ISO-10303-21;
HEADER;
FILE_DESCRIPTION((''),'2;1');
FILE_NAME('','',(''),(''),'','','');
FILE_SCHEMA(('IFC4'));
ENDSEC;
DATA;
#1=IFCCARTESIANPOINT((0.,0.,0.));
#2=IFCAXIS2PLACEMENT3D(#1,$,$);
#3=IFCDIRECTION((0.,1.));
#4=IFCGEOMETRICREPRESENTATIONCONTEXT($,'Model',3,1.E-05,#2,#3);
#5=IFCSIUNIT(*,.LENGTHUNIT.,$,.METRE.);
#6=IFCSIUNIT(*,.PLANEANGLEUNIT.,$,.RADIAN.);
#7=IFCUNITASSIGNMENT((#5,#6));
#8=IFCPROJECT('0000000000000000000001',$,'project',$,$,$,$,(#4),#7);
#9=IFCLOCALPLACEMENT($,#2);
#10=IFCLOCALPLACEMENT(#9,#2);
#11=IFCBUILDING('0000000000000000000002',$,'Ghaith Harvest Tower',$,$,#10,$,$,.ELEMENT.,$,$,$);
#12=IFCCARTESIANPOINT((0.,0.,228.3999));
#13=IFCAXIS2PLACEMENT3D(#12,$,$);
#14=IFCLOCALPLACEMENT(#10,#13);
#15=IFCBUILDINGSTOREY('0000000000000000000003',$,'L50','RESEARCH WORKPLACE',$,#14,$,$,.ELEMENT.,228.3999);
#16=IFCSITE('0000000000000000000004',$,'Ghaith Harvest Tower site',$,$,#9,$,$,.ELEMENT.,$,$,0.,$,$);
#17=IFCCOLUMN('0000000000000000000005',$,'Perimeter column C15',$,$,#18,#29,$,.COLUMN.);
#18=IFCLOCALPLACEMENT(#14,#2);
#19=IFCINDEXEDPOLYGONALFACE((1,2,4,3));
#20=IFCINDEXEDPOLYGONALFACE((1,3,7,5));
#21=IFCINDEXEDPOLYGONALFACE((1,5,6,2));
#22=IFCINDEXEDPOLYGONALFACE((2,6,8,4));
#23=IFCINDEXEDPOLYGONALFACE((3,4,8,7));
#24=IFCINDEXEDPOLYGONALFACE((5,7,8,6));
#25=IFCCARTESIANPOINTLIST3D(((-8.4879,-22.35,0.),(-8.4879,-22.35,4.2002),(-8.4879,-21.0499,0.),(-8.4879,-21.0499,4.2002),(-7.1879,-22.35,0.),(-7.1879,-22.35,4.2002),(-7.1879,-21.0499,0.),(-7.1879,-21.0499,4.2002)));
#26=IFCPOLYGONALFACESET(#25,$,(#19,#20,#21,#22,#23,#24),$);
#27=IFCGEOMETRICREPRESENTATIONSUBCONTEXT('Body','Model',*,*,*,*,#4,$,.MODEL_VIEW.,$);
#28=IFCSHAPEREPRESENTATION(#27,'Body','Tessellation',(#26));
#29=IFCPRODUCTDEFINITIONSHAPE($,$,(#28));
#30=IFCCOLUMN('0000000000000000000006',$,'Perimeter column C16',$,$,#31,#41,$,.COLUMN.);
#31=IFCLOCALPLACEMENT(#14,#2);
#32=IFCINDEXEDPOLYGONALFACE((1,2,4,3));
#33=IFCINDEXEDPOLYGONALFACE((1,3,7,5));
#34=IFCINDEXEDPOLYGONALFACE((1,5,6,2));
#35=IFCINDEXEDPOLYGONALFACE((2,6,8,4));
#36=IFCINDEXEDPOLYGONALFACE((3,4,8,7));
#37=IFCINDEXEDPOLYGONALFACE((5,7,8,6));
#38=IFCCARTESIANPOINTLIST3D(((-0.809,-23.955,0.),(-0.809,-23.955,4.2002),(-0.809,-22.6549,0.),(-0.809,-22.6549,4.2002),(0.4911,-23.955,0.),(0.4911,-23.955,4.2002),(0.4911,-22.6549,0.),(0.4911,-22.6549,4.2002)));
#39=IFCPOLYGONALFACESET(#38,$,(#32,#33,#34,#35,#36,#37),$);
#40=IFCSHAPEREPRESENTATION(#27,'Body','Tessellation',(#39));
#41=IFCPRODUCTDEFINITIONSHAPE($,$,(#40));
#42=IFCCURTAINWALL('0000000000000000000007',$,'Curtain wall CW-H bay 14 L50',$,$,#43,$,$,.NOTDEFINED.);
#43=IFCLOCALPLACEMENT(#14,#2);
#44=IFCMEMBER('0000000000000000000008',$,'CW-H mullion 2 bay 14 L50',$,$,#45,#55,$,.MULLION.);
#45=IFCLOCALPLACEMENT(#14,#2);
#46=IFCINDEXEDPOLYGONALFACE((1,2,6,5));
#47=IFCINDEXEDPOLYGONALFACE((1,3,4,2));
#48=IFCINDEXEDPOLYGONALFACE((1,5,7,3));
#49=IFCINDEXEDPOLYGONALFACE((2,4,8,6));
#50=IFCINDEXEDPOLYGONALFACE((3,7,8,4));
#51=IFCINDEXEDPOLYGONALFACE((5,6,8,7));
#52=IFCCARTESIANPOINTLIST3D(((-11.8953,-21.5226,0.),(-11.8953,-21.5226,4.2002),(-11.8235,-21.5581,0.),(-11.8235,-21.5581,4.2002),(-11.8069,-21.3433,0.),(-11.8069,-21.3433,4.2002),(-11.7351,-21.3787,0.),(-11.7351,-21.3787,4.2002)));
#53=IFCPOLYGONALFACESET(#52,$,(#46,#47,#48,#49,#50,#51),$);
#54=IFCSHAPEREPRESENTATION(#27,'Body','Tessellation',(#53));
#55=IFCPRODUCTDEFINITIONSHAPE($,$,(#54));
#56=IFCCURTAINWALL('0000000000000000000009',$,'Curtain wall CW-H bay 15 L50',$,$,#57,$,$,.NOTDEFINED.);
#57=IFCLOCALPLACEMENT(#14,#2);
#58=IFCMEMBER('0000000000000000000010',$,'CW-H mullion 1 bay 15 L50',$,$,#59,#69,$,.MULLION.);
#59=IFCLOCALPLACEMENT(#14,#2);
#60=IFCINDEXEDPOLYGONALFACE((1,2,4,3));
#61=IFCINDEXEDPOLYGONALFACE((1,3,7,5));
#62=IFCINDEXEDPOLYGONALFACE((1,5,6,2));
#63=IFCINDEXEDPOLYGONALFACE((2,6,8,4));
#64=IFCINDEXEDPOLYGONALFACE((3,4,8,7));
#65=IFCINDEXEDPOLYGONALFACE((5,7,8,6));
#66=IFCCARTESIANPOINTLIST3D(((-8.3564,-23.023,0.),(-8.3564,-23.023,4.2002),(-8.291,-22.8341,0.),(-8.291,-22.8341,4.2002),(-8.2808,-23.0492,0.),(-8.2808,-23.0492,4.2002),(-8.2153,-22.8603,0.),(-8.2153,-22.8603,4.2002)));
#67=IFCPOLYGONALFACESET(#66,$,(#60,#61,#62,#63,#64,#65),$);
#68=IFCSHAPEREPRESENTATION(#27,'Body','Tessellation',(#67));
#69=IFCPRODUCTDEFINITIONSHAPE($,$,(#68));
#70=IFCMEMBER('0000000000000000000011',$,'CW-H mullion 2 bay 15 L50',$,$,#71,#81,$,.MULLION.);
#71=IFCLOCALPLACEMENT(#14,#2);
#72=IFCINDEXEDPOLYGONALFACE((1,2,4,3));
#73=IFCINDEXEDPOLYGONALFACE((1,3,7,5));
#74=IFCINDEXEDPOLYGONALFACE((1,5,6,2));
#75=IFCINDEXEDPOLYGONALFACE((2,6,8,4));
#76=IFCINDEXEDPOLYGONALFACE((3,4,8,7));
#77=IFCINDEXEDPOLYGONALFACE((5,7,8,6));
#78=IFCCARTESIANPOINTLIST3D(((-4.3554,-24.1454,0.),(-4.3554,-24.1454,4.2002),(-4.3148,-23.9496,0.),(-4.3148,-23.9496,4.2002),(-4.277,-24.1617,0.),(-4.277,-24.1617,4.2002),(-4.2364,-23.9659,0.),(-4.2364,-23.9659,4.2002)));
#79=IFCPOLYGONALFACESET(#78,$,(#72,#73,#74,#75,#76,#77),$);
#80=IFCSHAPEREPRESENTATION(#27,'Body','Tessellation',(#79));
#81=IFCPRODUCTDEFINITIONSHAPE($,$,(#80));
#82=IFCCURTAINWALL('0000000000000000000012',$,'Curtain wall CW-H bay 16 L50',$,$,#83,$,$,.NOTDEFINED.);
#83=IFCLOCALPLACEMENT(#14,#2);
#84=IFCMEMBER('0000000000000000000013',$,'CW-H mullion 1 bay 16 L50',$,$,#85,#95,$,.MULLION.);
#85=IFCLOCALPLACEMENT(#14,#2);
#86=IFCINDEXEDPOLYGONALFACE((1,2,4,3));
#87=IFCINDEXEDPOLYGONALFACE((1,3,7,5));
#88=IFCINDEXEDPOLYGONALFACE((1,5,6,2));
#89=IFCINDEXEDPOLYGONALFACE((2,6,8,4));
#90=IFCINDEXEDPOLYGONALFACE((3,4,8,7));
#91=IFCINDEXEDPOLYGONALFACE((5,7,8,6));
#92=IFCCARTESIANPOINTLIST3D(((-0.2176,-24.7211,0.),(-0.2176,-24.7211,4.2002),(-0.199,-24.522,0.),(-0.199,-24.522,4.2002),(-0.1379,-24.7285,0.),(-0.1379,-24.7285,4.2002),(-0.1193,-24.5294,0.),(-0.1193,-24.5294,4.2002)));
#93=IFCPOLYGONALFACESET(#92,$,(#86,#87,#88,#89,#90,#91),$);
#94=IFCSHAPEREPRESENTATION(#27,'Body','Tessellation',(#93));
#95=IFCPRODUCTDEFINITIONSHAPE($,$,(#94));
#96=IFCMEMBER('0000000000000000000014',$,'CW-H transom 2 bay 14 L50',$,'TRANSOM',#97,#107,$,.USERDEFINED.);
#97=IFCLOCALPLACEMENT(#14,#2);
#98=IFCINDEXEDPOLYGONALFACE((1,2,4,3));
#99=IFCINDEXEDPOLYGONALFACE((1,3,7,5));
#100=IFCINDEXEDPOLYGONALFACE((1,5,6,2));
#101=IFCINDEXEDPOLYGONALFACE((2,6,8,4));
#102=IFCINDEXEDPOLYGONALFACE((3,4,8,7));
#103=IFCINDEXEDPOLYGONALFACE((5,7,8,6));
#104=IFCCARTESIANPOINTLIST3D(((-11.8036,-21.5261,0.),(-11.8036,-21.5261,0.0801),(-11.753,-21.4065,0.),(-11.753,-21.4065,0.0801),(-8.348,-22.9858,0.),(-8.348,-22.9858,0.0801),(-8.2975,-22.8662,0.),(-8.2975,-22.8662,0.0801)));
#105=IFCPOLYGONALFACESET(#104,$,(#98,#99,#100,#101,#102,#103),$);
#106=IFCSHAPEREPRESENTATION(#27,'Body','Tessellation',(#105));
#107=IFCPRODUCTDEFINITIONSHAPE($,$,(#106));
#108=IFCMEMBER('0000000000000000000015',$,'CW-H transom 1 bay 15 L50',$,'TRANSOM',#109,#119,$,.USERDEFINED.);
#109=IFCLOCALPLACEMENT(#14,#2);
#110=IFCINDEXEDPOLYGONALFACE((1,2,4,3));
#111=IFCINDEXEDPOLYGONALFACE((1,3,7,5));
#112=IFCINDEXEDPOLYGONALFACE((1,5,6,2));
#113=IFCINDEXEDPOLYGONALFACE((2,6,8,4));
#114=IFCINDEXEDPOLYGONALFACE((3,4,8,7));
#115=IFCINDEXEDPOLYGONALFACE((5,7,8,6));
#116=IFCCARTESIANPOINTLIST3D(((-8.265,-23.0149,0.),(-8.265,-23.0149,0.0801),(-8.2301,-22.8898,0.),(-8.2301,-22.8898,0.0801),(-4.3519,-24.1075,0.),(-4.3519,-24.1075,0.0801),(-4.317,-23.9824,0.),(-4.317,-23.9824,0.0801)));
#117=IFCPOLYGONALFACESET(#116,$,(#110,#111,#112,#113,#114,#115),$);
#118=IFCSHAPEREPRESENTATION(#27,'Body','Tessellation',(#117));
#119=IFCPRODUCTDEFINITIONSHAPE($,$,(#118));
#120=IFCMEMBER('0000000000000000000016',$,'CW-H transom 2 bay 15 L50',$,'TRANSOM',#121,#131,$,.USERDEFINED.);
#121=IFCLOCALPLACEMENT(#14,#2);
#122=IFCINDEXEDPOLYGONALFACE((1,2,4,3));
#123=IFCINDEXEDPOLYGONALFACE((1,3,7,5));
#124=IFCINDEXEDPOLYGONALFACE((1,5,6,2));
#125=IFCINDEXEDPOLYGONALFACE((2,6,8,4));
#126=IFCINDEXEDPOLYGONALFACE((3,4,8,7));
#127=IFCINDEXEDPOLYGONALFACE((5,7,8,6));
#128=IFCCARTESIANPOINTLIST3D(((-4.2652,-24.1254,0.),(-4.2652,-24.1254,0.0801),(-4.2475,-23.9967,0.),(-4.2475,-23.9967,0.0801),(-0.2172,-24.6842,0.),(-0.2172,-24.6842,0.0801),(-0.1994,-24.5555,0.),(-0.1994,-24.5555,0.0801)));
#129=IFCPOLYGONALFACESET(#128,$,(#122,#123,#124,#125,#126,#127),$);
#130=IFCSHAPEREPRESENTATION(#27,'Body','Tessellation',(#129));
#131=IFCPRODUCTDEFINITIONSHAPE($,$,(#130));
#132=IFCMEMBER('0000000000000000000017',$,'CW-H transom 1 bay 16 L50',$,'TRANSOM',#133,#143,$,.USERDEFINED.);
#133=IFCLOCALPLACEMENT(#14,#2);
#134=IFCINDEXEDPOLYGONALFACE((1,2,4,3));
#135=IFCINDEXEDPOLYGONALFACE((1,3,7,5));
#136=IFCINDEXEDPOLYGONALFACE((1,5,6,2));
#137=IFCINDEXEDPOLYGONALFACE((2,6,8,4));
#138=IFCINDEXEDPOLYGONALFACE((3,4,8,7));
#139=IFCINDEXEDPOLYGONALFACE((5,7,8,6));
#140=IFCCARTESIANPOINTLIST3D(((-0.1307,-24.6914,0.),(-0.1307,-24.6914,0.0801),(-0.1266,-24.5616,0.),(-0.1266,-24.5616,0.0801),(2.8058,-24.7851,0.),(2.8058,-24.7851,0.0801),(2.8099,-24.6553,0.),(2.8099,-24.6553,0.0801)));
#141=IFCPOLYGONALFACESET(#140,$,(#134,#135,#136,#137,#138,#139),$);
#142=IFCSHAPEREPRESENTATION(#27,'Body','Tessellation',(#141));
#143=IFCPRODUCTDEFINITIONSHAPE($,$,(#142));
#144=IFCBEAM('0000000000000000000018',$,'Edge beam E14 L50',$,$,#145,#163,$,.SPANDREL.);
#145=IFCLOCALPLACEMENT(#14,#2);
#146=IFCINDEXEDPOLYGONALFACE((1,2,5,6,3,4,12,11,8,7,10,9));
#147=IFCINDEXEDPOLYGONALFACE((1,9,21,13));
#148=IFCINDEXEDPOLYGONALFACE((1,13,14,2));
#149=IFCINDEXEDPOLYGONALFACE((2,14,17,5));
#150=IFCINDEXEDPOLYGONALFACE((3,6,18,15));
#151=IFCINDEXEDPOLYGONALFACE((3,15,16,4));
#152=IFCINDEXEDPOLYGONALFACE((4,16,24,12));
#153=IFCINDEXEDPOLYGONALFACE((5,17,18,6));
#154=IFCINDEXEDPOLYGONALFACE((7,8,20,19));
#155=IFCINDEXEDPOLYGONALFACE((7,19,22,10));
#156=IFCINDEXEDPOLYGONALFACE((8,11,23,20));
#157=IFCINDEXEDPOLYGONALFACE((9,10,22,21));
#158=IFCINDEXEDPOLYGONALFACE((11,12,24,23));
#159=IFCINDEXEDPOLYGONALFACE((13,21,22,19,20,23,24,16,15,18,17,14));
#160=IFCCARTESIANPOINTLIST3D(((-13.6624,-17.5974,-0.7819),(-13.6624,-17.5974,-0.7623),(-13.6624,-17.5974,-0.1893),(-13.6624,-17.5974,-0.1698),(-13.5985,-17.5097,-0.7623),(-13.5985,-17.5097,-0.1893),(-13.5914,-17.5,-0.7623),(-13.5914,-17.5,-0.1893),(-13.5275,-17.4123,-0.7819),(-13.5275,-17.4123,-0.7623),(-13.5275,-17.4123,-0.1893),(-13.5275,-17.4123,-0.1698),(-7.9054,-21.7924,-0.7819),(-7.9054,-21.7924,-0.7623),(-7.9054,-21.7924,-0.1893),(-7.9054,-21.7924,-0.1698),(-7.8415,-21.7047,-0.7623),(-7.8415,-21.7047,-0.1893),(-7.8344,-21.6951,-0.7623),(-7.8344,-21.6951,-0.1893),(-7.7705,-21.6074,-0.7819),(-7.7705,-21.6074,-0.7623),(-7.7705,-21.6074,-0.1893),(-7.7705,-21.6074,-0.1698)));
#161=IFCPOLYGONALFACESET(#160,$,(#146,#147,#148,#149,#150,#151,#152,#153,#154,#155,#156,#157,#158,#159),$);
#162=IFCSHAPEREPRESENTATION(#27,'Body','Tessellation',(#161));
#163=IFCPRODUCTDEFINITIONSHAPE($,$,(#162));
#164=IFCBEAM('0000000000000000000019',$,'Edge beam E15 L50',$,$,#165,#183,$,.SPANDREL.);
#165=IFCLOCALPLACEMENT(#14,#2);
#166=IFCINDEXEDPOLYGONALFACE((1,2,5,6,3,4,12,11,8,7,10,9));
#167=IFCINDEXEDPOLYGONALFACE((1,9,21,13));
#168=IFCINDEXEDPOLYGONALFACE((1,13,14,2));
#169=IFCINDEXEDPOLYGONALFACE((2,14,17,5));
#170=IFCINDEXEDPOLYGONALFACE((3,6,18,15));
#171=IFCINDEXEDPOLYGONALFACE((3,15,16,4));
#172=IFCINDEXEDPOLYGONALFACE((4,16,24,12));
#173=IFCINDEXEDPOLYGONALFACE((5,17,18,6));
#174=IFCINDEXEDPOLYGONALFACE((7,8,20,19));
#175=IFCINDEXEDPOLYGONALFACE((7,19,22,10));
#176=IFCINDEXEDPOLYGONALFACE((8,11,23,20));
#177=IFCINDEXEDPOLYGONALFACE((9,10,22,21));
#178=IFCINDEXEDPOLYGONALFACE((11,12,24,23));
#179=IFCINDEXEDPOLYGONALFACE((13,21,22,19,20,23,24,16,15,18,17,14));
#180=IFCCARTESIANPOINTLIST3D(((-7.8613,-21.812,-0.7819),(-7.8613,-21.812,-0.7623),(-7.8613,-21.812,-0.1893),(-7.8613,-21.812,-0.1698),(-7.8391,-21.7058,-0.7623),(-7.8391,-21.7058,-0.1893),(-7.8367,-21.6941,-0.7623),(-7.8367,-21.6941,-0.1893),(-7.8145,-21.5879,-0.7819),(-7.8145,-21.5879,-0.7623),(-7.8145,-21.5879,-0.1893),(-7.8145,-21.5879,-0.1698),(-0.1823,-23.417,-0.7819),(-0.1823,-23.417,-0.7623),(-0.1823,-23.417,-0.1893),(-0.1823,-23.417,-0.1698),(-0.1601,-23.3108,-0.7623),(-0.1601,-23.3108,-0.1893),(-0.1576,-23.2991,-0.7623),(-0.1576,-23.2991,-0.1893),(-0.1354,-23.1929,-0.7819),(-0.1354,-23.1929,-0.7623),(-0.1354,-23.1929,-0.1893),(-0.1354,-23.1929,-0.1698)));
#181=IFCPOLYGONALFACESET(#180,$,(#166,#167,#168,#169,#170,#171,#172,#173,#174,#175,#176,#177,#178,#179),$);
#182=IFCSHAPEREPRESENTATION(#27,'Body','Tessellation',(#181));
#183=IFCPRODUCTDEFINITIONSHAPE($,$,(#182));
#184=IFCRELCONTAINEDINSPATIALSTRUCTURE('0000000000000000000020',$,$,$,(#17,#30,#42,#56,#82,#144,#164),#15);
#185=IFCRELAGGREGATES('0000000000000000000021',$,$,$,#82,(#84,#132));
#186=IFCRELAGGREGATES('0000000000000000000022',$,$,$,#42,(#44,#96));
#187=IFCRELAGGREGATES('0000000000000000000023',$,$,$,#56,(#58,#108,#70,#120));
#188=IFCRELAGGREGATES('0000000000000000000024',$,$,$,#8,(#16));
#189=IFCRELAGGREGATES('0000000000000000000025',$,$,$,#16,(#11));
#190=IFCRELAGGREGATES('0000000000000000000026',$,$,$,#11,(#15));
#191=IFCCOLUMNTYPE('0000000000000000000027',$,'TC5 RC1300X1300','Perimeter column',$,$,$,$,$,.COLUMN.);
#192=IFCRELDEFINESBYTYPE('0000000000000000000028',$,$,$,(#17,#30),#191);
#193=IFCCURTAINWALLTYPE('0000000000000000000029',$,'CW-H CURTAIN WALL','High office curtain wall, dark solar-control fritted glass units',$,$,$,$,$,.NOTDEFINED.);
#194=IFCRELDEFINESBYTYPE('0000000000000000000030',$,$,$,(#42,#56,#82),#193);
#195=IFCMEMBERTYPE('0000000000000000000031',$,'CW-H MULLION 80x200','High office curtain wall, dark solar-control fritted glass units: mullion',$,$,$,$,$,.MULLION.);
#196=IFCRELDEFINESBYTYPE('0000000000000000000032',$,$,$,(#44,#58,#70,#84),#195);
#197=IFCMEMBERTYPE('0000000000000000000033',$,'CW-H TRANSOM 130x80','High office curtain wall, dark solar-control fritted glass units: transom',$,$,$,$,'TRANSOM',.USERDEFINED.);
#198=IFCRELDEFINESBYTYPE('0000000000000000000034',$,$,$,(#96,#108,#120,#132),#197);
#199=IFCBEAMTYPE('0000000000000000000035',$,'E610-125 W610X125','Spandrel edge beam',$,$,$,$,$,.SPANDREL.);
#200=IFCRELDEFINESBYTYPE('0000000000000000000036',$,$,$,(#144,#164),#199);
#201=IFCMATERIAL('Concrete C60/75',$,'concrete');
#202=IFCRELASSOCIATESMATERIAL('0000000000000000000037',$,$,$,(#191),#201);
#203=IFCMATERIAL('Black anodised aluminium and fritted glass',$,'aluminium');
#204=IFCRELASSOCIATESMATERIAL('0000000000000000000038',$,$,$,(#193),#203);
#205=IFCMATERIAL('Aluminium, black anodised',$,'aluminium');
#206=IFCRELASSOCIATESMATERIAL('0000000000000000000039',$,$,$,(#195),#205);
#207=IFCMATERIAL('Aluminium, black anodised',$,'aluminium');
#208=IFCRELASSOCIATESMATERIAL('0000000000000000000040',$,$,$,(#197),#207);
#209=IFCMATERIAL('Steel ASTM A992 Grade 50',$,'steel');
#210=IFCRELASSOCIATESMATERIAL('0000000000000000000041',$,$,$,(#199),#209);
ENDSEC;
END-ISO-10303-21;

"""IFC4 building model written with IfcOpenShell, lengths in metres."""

from ifc_helpers import new_model, si_unit, direction, frame, origin, origin_2d, place, context, subcontext, project, spatial, rectangle, i_section, extrude, material, material_profile, profile_set, type_object, element, aggregate, save


model = new_model("IFC4")

# Units and contexts
model_context = context("Model", 3, precision=1e-05, world=origin(), true_north=direction((0.0, 1.0)))
body_context = subcontext(model_context, "Body", "Model", "MODEL_VIEW")
ifc_project = project(units=[si_unit("LENGTHUNIT", "METRE"), si_unit("PLANEANGLEUNIT", "RADIAN")], contexts=[model_context])

# Site, building, storey
site_placement = place(None, origin())
site = spatial("IfcSite", under=ifc_project, at=site_placement, Name="Ghaith Harvest Tower site", CompositionType="ELEMENT", RefElevation=0.0)
building_placement = place(site_placement, origin())
building = spatial("IfcBuilding", under=site, at=building_placement, Name="Ghaith Harvest Tower", CompositionType="ELEMENT")
storey_placement = place(building_placement, frame((0.0, 0.0, 228.3999)))
storey = spatial("IfcBuildingStorey", under=building, at=storey_placement, Name="L50", Description="RESEARCH WORKPLACE", CompositionType="ELEMENT", Elevation=228.3999)

# Columns
ifc_material_1 = material(Name="Concrete C60/75", Category="concrete")
ifc_material_profile_1 = material_profile(ifc_material_1, rectangle(XDim=1.3, YDim=1.3, at=origin_2d()), Name="RC1300X1300")
ifc_profile_set_1 = profile_set([ifc_material_profile_1], Name="Concrete C60/75")
column_type = type_object("IfcColumnType", Name="TC5 RC1300X1300", Description="Perimeter column", PredefinedType="COLUMN", material=ifc_profile_set_1)
for number, where, z_axis, x_axis, name in (
    (1, (-7.8379, -21.7, 0.0), (0.0, 0.0, 1.0), (1.0, 0.0, 0.0), "Perimeter column C15"),
    (2, (-0.1589, -23.3049, 0.0), (0.0, 0.0, 1.0), (1.0, 0.0, 0.0), "Perimeter column C16"),
):
    element("IfcColumn", number, at=place(storey_placement, frame(where, z_axis=z_axis, x_axis=x_axis)), inside=storey, type_object=column_type, Name=name, PredefinedType="COLUMN", context=body_context, shape_type="SweptSolid", body=[
        extrude(rectangle(XDim=1.3, YDim=1.3, at=origin_2d()), origin(), (0.0, 0.0, 1.0), 4.2002),
    ])

# Curtain wall, member
ifc_material_2 = material(Name="Black anodised aluminium and fritted glass", Category="aluminium")
curtain_wall_type = type_object("IfcCurtainWallType", Name="CW-H CURTAIN WALL", Description="High office curtain wall, dark solar-control fritted glass units", PredefinedType="NOTDEFINED", material=ifc_material_2)
curtain_wall_1_placement = place(storey_placement, origin())
curtain_wall_1 = element("IfcCurtainWall", 3, at=curtain_wall_1_placement, inside=storey, type_object=curtain_wall_type, Name="Curtain wall CW-H bay 14 L50", PredefinedType="NOTDEFINED")
ifc_material_3 = material(Name="Aluminium, black anodised", Category="aluminium")
ifc_material_profile_2 = material_profile(ifc_material_3, rectangle(XDim=0.0801, YDim=0.2, at=origin_2d()), Name="CW-H MULLION 80x200")
ifc_profile_set_2 = profile_set([ifc_material_profile_2], Name="Aluminium, black anodised")
member_type_1 = type_object("IfcMemberType", Name="CW-H MULLION 80x200", Description="High office curtain wall, dark solar-control fritted glass units: mullion", PredefinedType="MULLION", material=ifc_profile_set_2)
member_1_placement = place(storey_placement, frame((-11.8152, -21.4507, 0.0), z_axis=(0.0, 0.0, 1.0), x_axis=(0.896853, -0.442329, 0.0)))
member_1 = element("IfcMember", 4, at=member_1_placement, type_object=member_type_1, Name="CW-H mullion 2 bay 14 L50", PredefinedType="MULLION", context=body_context, shape_type="SweptSolid", body=[
    extrude(rectangle(XDim=0.0801, YDim=0.2, at=origin_2d()), origin(), (0.0, 0.0, 1.0), 4.2002),
])

# Curtain wall, members
curtain_wall_2_placement = place(storey_placement, origin())
curtain_wall_2 = element("IfcCurtainWall", 5, at=curtain_wall_2_placement, inside=storey, type_object=curtain_wall_type, Name="Curtain wall CW-H bay 15 L50", PredefinedType="NOTDEFINED")
member_2_placement = place(storey_placement, frame((-8.2859, -22.9417, 0.0), z_axis=(0.0, 0.0, 1.0), x_axis=(0.944906, -0.327342, 0.0)))
member_2 = element("IfcMember", 6, at=member_2_placement, type_object=member_type_1, Name="CW-H mullion 1 bay 15 L50", PredefinedType="MULLION", context=body_context, shape_type="SweptSolid", body=[
    extrude(rectangle(XDim=0.0801, YDim=0.2, at=origin_2d()), origin(), (0.0, 0.0, 1.0), 4.2002),
])
member_3_placement = place(storey_placement, frame((-4.2959, -24.0557, 0.0), z_axis=(0.0, 0.0, 1.0), x_axis=(0.979161, -0.203084, 0.0)))
member_3 = element("IfcMember", 7, at=member_3_placement, type_object=member_type_1, Name="CW-H mullion 2 bay 15 L50", PredefinedType="MULLION", context=body_context, shape_type="SweptSolid", body=[
    extrude(rectangle(XDim=0.0801, YDim=0.2, at=origin_2d()), origin(), (0.0, 0.0, 1.0), 4.2002),
])

# Curtain wall, member
curtain_wall_3_placement = place(storey_placement, origin())
curtain_wall_3 = element("IfcCurtainWall", 8, at=curtain_wall_3_placement, inside=storey, type_object=curtain_wall_type, Name="Curtain wall CW-H bay 16 L50", PredefinedType="NOTDEFINED")
member_4_placement = place(storey_placement, frame((-0.1685, -24.6252, 0.0), z_axis=(0.0, 0.0, 1.0), x_axis=(0.995685, -0.092802, 0.0)))
member_4 = element("IfcMember", 9, at=member_4_placement, type_object=member_type_1, Name="CW-H mullion 1 bay 16 L50", PredefinedType="MULLION", context=body_context, shape_type="SweptSolid", body=[
    extrude(rectangle(XDim=0.0801, YDim=0.2, at=origin_2d()), origin(), (0.0, 0.0, 1.0), 4.2002),
])

# Members
ifc_material_4 = material(Name="Aluminium, black anodised", Category="aluminium")
ifc_material_profile_3 = material_profile(ifc_material_4, rectangle(XDim=0.1299, YDim=0.0801, at=origin_2d()), Name="CW-H TRANSOM 130x80")
ifc_profile_set_3 = profile_set([ifc_material_profile_3], Name="Aluminium, black anodised")
member_type_2 = type_object("IfcMemberType", Name="CW-H TRANSOM 130x80", Description="High office curtain wall, dark solar-control fritted glass units: transom", ElementType="TRANSOM", PredefinedType="USERDEFINED", material=ifc_profile_set_3)
member_5_placement = place(storey_placement, frame((-11.7783, -21.4663, 0.04), z_axis=(0.921183, -0.38913, 0.0), x_axis=(0.38913, 0.921183, 0.0)))
member_5 = element("IfcMember", 10, at=member_5_placement, type_object=member_type_2, Name="CW-H transom 2 bay 14 L50", ObjectType="TRANSOM", PredefinedType="USERDEFINED", context=body_context, shape_type="SweptSolid", body=[
    extrude(rectangle(XDim=0.1299, YDim=0.0801, at=origin_2d()), origin(), (0.0, 0.0, 1.0), 3.7512),
])
member_6_placement = place(storey_placement, frame((-8.2476, -22.9524, 0.04), z_axis=(0.963164, -0.268914, 0.0), x_axis=(0.268914, 0.963164, 0.0)))
member_6 = element("IfcMember", 11, at=member_6_placement, type_object=member_type_2, Name="CW-H transom 1 bay 15 L50", ObjectType="TRANSOM", PredefinedType="USERDEFINED", context=body_context, shape_type="SweptSolid", body=[
    extrude(rectangle(XDim=0.1299, YDim=0.0801, at=origin_2d()), origin(), (0.0, 0.0, 1.0), 4.0627),
])
member_7_placement = place(storey_placement, frame((-4.2563, -24.061, 0.04), z_axis=(0.990605, -0.136753, 0.0), x_axis=(0.136753, 0.990605, 0.0)))
member_7 = element("IfcMember", 12, at=member_7_placement, type_object=member_type_2, Name="CW-H transom 2 bay 15 L50", ObjectType="TRANSOM", PredefinedType="USERDEFINED", context=body_context, shape_type="SweptSolid", body=[
    extrude(rectangle(XDim=0.1299, YDim=0.0801, at=origin_2d()), origin(), (0.0, 0.0, 1.0), 4.0864),
])
member_8_placement = place(storey_placement, frame((-0.1287, -24.6265, 0.04), z_axis=(0.999491, -0.031909, 0.0), x_axis=(0.031909, 0.999491, 0.0)))
member_8 = element("IfcMember", 13, at=member_8_placement, type_object=member_type_2, Name="CW-H transom 1 bay 16 L50", ObjectType="TRANSOM", PredefinedType="USERDEFINED", context=body_context, shape_type="SweptSolid", body=[
    extrude(rectangle(XDim=0.1299, YDim=0.0801, at=origin_2d()), origin(), (0.0, 0.0, 1.0), 2.938),
])
aggregate(curtain_wall_3, [member_4, member_8])

# Beams
ifc_material_5 = material(Name="Steel ASTM A992 Grade 50", Category="steel")
ifc_material_profile_4 = material_profile(ifc_material_5, i_section(OverallWidth=0.229, OverallDepth=0.6121, WebThickness=0.012, FlangeThickness=0.0195, at=origin_2d()), Name="W610X125")
ifc_profile_set_4 = profile_set([ifc_material_profile_4], Name="Steel ASTM A992 Grade 50")
beam_type_1 = type_object("IfcBeamType", Name="E610-125 W610X125", Description="Spandrel edge beam", PredefinedType="SPANDREL", material=ifc_profile_set_4)
beam_1_placement = place(storey_placement, frame((-13.595, -17.5049, -0.4758), z_axis=(0.808195, -0.588915, 0.0), x_axis=(0.588915, 0.808195, 0.0)))
element("IfcBeam", 14, at=beam_1_placement, inside=storey, type_object=beam_type_1, Name="Edge beam E14 L50", PredefinedType="SPANDREL", context=body_context, shape_type="SweptSolid", body=[
    extrude(i_section(OverallWidth=0.229, OverallDepth=0.6121, WebThickness=0.012, FlangeThickness=0.0195, at=origin_2d()), origin(), (0.0, 0.0, 1.0), 7.1233),
])
beam_2_placement = place(storey_placement, frame((-7.8379, -21.7, -0.4758), z_axis=(0.978848, -0.204589, 0.0), x_axis=(0.204589, 0.978848, 0.0)))
element("IfcBeam", 15, at=beam_2_placement, inside=storey, type_object=beam_type_1, Name="Edge beam E15 L50", PredefinedType="SPANDREL", context=body_context, shape_type="SweptSolid", body=[
    extrude(i_section(OverallWidth=0.229, OverallDepth=0.6121, WebThickness=0.012, FlangeThickness=0.0195, at=origin_2d()), origin(), (0.0, 0.0, 1.0), 7.845),
])

aggregate(curtain_wall_1, [member_1, member_5])
aggregate(curtain_wall_2, [member_2, member_6, member_3, member_7])

save(model, "model.ifc")
